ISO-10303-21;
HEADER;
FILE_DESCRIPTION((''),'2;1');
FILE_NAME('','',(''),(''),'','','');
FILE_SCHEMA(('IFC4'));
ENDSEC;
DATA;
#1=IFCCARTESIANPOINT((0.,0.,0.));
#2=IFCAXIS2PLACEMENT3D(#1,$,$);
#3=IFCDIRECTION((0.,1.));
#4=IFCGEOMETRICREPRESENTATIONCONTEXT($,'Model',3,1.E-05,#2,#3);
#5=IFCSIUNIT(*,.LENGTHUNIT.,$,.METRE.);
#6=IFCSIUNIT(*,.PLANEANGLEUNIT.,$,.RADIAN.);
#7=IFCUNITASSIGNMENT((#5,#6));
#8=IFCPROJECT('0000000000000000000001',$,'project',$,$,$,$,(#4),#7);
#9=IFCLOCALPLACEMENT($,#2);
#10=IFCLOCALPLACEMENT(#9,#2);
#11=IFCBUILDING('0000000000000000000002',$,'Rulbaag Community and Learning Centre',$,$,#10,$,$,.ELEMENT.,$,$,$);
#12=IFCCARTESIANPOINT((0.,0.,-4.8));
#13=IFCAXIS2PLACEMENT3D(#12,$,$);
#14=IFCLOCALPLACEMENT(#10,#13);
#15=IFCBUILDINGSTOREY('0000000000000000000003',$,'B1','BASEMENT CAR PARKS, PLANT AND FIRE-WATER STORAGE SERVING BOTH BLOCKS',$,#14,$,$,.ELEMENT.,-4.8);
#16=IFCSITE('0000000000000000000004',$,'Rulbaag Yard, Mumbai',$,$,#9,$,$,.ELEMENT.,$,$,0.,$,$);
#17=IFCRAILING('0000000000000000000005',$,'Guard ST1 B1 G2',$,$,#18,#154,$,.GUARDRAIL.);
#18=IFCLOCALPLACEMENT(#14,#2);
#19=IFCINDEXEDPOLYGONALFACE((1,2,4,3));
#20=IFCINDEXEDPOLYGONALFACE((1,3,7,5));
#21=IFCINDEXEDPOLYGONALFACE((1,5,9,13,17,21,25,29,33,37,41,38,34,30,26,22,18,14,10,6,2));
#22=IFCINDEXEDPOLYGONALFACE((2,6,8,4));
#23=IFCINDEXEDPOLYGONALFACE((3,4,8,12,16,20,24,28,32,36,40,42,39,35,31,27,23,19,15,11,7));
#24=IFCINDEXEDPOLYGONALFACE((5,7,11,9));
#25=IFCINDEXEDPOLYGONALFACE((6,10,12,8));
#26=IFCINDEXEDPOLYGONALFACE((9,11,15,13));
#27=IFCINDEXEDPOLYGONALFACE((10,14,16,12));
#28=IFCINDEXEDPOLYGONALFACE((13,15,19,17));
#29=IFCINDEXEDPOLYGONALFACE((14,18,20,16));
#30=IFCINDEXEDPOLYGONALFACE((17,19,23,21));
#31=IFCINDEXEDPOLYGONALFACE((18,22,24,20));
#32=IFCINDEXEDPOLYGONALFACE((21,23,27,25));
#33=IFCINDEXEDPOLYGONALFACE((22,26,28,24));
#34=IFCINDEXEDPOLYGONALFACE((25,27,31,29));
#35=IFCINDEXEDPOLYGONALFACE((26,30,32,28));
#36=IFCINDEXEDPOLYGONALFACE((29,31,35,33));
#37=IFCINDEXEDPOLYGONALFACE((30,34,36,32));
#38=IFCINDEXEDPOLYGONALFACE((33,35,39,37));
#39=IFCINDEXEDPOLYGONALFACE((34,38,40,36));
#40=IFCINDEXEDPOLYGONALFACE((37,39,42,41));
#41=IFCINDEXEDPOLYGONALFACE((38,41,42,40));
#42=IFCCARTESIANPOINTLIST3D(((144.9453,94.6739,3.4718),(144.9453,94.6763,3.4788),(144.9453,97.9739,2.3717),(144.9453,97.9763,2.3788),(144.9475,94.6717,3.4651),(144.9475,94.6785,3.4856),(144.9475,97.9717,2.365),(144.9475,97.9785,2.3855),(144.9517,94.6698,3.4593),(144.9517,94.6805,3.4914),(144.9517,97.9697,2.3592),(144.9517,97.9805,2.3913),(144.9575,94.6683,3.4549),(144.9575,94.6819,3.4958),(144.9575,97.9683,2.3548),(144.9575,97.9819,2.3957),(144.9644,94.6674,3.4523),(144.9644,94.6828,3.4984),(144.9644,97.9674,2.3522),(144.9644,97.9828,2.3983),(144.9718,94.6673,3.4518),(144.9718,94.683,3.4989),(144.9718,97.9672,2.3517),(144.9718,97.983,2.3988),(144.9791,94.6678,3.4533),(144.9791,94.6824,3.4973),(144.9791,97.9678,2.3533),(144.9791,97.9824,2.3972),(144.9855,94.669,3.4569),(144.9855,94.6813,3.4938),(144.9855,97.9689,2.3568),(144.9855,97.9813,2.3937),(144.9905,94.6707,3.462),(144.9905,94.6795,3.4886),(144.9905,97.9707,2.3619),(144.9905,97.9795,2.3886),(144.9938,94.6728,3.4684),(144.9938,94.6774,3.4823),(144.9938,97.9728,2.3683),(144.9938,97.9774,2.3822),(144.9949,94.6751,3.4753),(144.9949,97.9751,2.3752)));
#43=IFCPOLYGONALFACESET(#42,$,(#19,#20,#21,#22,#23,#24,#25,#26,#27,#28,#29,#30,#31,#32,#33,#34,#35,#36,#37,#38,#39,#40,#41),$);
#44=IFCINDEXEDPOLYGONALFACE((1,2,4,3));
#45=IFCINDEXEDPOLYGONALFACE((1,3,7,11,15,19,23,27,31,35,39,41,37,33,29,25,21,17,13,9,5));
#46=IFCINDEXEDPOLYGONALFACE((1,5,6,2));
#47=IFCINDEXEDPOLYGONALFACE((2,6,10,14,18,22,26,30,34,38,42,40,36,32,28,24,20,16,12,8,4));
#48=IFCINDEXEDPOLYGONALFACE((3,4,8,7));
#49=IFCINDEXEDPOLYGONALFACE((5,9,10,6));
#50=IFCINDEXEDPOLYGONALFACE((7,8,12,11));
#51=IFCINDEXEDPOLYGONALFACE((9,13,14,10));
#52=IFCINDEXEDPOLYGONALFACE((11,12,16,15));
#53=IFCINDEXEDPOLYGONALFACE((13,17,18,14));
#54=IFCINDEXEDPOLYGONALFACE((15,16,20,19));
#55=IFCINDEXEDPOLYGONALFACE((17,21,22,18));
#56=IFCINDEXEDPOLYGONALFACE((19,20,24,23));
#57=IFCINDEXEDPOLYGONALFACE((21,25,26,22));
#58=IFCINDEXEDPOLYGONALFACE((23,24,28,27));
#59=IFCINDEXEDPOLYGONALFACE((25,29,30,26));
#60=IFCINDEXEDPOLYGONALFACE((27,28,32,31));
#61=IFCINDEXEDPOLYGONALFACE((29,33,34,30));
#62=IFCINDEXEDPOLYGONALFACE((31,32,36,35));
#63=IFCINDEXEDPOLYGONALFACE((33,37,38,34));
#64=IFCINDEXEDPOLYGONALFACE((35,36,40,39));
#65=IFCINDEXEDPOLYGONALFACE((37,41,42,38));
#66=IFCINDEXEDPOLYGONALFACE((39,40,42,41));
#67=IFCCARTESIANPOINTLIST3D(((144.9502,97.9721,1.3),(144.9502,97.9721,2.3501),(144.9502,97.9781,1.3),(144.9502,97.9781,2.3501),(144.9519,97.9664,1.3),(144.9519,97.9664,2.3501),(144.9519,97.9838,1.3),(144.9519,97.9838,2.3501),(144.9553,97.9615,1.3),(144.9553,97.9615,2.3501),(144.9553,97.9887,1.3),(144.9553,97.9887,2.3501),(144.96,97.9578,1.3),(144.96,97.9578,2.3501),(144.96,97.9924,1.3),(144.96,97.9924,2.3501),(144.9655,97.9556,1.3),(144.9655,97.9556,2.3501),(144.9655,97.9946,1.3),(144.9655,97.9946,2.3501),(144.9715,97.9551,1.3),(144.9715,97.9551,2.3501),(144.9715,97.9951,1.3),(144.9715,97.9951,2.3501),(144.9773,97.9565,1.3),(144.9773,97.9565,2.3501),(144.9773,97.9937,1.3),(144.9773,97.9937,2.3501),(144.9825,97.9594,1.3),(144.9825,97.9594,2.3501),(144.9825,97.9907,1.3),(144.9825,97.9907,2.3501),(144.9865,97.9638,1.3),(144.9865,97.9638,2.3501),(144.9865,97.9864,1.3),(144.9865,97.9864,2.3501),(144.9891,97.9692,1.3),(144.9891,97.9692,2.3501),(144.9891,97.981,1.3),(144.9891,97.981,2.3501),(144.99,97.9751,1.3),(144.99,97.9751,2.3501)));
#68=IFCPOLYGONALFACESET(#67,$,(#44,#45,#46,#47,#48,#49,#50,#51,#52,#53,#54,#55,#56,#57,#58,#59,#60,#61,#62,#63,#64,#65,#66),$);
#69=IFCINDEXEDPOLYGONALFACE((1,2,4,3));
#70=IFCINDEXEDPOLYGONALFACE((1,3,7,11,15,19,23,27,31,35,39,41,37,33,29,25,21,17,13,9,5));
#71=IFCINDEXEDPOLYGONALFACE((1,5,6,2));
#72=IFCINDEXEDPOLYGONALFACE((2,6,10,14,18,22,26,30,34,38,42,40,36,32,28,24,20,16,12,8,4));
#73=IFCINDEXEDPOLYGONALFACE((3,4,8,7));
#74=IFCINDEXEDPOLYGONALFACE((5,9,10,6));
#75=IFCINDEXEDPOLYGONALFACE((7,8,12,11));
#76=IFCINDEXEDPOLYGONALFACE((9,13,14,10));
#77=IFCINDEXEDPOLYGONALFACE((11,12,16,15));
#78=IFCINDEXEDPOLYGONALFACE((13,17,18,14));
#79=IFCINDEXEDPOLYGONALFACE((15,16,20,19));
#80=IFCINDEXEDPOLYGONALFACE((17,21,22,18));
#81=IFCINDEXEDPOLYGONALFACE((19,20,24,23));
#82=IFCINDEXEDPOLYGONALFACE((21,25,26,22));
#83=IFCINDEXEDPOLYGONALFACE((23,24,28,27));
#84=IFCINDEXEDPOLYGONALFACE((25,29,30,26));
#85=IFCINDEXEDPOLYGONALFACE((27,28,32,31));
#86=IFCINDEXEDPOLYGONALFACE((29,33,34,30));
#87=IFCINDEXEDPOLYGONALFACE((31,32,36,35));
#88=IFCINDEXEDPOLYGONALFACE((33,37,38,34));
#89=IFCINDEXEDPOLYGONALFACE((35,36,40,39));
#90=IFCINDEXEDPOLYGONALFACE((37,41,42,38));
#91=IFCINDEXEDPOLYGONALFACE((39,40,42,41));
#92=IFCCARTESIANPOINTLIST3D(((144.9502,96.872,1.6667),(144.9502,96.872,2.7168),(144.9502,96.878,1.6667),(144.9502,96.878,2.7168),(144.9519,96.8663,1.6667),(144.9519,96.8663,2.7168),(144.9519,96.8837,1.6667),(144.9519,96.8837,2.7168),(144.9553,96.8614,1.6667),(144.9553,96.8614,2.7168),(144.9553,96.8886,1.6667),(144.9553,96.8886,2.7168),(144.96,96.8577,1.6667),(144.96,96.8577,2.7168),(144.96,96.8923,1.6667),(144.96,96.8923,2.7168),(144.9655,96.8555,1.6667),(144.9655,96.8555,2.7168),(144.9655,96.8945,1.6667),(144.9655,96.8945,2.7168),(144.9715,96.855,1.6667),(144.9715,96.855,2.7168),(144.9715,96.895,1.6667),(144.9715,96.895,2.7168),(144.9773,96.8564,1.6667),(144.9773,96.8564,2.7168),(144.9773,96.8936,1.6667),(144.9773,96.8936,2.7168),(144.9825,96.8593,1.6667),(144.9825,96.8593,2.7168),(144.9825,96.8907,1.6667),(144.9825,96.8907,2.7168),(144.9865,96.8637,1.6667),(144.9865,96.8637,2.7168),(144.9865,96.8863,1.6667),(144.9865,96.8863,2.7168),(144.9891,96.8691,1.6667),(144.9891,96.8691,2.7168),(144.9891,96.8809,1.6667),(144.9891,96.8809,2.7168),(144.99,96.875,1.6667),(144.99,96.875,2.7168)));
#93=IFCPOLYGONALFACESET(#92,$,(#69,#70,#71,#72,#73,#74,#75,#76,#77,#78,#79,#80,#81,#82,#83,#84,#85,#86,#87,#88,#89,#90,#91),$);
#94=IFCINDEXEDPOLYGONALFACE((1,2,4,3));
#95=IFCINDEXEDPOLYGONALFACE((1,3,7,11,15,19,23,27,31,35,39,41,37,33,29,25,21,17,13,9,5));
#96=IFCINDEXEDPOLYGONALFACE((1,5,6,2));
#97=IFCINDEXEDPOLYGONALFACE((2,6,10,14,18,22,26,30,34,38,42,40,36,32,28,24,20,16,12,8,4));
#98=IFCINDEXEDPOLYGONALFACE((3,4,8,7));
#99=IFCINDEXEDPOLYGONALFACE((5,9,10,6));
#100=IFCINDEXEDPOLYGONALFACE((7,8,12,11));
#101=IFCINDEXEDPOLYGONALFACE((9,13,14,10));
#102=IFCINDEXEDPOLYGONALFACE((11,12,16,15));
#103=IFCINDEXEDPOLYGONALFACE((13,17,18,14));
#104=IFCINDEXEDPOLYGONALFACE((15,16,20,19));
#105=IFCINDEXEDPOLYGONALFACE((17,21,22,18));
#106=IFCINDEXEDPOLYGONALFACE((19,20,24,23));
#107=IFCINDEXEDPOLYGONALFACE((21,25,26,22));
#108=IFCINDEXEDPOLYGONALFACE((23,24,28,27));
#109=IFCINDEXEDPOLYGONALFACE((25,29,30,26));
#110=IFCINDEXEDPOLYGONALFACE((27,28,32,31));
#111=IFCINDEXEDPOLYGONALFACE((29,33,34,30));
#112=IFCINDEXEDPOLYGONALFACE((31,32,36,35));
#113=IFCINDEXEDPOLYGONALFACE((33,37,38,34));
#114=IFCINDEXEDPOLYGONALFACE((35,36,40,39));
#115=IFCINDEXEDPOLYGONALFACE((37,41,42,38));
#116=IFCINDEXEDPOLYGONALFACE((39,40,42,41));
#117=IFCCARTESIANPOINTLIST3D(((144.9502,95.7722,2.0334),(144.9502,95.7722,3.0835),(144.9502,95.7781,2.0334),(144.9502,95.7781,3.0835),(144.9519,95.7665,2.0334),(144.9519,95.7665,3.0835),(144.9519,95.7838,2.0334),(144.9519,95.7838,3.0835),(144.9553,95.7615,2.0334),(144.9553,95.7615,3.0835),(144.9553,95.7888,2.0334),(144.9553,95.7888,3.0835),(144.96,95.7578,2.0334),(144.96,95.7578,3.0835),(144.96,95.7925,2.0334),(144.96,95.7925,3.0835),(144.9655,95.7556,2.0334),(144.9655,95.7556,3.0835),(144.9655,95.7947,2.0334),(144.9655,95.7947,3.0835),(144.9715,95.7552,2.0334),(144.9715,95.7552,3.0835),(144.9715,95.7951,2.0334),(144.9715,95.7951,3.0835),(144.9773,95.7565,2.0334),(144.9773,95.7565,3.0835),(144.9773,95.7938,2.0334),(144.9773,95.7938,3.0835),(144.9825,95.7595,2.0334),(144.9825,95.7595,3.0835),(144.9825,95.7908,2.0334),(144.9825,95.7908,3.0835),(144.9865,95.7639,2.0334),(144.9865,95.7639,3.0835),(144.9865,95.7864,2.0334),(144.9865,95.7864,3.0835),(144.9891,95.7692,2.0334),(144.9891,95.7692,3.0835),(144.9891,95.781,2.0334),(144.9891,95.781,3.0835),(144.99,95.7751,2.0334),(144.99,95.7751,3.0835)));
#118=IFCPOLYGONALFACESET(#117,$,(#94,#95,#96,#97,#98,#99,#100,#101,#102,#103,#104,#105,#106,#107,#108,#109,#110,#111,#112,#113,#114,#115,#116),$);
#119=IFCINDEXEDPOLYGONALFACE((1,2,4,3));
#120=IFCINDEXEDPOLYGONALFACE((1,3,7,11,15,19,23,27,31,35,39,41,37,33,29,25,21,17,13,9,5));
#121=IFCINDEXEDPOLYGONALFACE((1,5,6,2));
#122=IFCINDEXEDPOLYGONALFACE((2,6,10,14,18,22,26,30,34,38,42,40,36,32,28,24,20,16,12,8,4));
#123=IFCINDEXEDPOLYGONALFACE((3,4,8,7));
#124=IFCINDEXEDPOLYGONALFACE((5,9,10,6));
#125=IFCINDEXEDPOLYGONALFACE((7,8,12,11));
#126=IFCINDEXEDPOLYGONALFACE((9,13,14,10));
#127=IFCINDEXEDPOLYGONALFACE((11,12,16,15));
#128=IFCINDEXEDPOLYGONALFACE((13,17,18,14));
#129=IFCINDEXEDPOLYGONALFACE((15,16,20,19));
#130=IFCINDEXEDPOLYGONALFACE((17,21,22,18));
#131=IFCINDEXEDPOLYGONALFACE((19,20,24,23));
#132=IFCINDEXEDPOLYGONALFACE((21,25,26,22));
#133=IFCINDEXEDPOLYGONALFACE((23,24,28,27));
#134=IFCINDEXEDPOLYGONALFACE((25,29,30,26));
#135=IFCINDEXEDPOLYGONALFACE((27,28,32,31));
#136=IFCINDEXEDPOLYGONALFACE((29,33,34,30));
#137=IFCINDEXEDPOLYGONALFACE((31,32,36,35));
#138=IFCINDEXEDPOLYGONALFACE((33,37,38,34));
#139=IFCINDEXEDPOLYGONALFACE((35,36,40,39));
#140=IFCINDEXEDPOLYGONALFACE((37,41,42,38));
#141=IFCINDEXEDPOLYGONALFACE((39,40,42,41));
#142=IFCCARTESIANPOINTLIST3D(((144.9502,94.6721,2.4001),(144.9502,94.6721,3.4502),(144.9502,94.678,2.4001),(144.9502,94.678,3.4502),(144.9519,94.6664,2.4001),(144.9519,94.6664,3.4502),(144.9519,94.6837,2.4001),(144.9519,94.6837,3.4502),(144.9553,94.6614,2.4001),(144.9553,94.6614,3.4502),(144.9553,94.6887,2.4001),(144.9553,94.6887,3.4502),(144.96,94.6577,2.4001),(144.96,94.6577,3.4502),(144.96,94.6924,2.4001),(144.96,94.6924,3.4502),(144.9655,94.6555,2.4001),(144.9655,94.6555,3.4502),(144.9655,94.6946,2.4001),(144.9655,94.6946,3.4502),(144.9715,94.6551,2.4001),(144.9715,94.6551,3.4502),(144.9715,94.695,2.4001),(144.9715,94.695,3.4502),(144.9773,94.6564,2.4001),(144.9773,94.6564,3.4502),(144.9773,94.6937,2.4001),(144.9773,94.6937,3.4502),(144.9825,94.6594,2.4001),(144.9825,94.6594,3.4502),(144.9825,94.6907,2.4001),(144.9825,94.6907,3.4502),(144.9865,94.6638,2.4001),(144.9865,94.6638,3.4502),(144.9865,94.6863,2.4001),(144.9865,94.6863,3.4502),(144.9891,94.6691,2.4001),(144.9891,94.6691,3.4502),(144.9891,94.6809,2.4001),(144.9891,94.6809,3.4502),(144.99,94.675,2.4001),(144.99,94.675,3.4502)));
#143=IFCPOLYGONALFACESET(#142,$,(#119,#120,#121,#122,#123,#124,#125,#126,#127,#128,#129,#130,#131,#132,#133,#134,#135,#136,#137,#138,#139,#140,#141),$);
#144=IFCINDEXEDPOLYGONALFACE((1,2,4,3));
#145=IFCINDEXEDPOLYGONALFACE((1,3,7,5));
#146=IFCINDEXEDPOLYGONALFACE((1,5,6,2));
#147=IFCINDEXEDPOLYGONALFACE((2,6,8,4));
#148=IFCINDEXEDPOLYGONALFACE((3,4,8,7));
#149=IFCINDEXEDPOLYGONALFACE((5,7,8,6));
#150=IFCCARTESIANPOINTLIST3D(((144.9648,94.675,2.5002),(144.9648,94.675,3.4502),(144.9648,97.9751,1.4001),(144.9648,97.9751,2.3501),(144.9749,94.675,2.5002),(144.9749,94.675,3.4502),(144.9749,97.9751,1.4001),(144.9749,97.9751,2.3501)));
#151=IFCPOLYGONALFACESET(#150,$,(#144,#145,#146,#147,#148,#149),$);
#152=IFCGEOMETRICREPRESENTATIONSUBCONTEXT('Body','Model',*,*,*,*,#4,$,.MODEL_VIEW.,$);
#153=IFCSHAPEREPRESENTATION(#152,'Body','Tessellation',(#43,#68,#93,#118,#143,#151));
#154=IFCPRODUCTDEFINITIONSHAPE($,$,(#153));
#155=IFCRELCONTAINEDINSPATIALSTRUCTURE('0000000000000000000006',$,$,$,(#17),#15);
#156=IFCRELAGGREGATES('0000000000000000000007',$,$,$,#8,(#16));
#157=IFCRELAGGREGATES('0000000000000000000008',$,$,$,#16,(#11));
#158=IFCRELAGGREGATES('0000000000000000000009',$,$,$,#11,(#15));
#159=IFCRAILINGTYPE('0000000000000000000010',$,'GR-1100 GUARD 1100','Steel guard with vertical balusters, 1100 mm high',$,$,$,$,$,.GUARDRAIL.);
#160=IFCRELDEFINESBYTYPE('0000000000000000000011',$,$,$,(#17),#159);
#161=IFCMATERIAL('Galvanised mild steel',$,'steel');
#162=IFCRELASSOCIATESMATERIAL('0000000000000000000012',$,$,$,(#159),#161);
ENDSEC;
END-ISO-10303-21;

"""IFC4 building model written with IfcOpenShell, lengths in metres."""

from ifc_helpers import new_model, si_unit, direction, frame, origin, origin_2d, place, context, subcontext, project, spatial, polyline, circle, outline, extrude, material, type_object, element, save


model = new_model("IFC4")

# Units and contexts
model_context = context("Model", 3, precision=1e-05, world=origin(), true_north=direction((0.0, 1.0)))
body_context = subcontext(model_context, "Body", "Model", "MODEL_VIEW")
ifc_project = project(units=[si_unit("LENGTHUNIT", "METRE"), si_unit("PLANEANGLEUNIT", "RADIAN")], contexts=[model_context])

# Site, building, storey
site_placement = place(None, origin())
site = spatial("IfcSite", under=ifc_project, at=site_placement, Name="Rulbaag Yard, Mumbai", CompositionType="ELEMENT", RefElevation=0.0)
building_placement = place(site_placement, origin())
building = spatial("IfcBuilding", under=site, at=building_placement, Name="Rulbaag Community and Learning Centre", CompositionType="ELEMENT")
storey_placement = place(building_placement, frame((0.0, 0.0, -4.8)))
storey = spatial("IfcBuildingStorey", under=building, at=storey_placement, Name="B1", Description="BASEMENT CAR PARKS, PLANT AND FIRE-WATER STORAGE SERVING BOTH BLOCKS", CompositionType="ELEMENT", Elevation=-4.8)

# Railing
ifc_material_1 = material(Name="Galvanised mild steel", Category="steel")
railing_type_1 = type_object("IfcRailingType", Name="GR-1100 GUARD 1100", Description="Steel guard with vertical balusters, 1100 mm high", PredefinedType="GUARDRAIL", material=ifc_material_1)
railing_1_placement = place(storey_placement, frame((144.97, 97.9751, 1.3)))
element("IfcRailing", 1, at=railing_1_placement, inside=storey, type_object=railing_type_1, Name="Guard ST1 B1 G2", PredefinedType="GUARDRAIL", context=body_context, shape_type="SweptSolid", body=[
    extrude(circle(Radius=0.0249, at=origin_2d()), frame((0.0, 0.0, 1.0752), z_axis=(0.0, -0.948676, 0.316249), x_axis=(1.0, 0.0, 0.0)), (0.0, 0.0, 1.0), 3.4785),
    extrude(circle(Radius=0.02, at=origin_2d()), origin(), (0.0, 0.0, 1.0), 1.05),
    extrude(circle(Radius=0.02, at=origin_2d()), frame((0.0, -1.1001, 0.3667)), (0.0, 0.0, 1.0), 1.05),
    extrude(circle(Radius=0.02, at=origin_2d()), frame((0.0, -2.2, 0.7334)), (0.0, 0.0, 1.0), 1.05),
    extrude(circle(Radius=0.02, at=origin_2d()), frame((0.0, -3.3, 1.1001)), (0.0, 0.0, 1.0), 1.05),
    extrude(outline(polyline([(0.0, 0.0), (3.3, 1.1001), (3.3, 2.05), (0.0, 0.95), (0.0, 0.0)])), frame((0.0049, 0.0, 0.1001), z_axis=(-1.0, 0.0, 0.0), x_axis=(0.0, -1.0, 0.0)), (0.0, 0.0, 1.0), 0.01),
])

save(model, "model.ifc")
